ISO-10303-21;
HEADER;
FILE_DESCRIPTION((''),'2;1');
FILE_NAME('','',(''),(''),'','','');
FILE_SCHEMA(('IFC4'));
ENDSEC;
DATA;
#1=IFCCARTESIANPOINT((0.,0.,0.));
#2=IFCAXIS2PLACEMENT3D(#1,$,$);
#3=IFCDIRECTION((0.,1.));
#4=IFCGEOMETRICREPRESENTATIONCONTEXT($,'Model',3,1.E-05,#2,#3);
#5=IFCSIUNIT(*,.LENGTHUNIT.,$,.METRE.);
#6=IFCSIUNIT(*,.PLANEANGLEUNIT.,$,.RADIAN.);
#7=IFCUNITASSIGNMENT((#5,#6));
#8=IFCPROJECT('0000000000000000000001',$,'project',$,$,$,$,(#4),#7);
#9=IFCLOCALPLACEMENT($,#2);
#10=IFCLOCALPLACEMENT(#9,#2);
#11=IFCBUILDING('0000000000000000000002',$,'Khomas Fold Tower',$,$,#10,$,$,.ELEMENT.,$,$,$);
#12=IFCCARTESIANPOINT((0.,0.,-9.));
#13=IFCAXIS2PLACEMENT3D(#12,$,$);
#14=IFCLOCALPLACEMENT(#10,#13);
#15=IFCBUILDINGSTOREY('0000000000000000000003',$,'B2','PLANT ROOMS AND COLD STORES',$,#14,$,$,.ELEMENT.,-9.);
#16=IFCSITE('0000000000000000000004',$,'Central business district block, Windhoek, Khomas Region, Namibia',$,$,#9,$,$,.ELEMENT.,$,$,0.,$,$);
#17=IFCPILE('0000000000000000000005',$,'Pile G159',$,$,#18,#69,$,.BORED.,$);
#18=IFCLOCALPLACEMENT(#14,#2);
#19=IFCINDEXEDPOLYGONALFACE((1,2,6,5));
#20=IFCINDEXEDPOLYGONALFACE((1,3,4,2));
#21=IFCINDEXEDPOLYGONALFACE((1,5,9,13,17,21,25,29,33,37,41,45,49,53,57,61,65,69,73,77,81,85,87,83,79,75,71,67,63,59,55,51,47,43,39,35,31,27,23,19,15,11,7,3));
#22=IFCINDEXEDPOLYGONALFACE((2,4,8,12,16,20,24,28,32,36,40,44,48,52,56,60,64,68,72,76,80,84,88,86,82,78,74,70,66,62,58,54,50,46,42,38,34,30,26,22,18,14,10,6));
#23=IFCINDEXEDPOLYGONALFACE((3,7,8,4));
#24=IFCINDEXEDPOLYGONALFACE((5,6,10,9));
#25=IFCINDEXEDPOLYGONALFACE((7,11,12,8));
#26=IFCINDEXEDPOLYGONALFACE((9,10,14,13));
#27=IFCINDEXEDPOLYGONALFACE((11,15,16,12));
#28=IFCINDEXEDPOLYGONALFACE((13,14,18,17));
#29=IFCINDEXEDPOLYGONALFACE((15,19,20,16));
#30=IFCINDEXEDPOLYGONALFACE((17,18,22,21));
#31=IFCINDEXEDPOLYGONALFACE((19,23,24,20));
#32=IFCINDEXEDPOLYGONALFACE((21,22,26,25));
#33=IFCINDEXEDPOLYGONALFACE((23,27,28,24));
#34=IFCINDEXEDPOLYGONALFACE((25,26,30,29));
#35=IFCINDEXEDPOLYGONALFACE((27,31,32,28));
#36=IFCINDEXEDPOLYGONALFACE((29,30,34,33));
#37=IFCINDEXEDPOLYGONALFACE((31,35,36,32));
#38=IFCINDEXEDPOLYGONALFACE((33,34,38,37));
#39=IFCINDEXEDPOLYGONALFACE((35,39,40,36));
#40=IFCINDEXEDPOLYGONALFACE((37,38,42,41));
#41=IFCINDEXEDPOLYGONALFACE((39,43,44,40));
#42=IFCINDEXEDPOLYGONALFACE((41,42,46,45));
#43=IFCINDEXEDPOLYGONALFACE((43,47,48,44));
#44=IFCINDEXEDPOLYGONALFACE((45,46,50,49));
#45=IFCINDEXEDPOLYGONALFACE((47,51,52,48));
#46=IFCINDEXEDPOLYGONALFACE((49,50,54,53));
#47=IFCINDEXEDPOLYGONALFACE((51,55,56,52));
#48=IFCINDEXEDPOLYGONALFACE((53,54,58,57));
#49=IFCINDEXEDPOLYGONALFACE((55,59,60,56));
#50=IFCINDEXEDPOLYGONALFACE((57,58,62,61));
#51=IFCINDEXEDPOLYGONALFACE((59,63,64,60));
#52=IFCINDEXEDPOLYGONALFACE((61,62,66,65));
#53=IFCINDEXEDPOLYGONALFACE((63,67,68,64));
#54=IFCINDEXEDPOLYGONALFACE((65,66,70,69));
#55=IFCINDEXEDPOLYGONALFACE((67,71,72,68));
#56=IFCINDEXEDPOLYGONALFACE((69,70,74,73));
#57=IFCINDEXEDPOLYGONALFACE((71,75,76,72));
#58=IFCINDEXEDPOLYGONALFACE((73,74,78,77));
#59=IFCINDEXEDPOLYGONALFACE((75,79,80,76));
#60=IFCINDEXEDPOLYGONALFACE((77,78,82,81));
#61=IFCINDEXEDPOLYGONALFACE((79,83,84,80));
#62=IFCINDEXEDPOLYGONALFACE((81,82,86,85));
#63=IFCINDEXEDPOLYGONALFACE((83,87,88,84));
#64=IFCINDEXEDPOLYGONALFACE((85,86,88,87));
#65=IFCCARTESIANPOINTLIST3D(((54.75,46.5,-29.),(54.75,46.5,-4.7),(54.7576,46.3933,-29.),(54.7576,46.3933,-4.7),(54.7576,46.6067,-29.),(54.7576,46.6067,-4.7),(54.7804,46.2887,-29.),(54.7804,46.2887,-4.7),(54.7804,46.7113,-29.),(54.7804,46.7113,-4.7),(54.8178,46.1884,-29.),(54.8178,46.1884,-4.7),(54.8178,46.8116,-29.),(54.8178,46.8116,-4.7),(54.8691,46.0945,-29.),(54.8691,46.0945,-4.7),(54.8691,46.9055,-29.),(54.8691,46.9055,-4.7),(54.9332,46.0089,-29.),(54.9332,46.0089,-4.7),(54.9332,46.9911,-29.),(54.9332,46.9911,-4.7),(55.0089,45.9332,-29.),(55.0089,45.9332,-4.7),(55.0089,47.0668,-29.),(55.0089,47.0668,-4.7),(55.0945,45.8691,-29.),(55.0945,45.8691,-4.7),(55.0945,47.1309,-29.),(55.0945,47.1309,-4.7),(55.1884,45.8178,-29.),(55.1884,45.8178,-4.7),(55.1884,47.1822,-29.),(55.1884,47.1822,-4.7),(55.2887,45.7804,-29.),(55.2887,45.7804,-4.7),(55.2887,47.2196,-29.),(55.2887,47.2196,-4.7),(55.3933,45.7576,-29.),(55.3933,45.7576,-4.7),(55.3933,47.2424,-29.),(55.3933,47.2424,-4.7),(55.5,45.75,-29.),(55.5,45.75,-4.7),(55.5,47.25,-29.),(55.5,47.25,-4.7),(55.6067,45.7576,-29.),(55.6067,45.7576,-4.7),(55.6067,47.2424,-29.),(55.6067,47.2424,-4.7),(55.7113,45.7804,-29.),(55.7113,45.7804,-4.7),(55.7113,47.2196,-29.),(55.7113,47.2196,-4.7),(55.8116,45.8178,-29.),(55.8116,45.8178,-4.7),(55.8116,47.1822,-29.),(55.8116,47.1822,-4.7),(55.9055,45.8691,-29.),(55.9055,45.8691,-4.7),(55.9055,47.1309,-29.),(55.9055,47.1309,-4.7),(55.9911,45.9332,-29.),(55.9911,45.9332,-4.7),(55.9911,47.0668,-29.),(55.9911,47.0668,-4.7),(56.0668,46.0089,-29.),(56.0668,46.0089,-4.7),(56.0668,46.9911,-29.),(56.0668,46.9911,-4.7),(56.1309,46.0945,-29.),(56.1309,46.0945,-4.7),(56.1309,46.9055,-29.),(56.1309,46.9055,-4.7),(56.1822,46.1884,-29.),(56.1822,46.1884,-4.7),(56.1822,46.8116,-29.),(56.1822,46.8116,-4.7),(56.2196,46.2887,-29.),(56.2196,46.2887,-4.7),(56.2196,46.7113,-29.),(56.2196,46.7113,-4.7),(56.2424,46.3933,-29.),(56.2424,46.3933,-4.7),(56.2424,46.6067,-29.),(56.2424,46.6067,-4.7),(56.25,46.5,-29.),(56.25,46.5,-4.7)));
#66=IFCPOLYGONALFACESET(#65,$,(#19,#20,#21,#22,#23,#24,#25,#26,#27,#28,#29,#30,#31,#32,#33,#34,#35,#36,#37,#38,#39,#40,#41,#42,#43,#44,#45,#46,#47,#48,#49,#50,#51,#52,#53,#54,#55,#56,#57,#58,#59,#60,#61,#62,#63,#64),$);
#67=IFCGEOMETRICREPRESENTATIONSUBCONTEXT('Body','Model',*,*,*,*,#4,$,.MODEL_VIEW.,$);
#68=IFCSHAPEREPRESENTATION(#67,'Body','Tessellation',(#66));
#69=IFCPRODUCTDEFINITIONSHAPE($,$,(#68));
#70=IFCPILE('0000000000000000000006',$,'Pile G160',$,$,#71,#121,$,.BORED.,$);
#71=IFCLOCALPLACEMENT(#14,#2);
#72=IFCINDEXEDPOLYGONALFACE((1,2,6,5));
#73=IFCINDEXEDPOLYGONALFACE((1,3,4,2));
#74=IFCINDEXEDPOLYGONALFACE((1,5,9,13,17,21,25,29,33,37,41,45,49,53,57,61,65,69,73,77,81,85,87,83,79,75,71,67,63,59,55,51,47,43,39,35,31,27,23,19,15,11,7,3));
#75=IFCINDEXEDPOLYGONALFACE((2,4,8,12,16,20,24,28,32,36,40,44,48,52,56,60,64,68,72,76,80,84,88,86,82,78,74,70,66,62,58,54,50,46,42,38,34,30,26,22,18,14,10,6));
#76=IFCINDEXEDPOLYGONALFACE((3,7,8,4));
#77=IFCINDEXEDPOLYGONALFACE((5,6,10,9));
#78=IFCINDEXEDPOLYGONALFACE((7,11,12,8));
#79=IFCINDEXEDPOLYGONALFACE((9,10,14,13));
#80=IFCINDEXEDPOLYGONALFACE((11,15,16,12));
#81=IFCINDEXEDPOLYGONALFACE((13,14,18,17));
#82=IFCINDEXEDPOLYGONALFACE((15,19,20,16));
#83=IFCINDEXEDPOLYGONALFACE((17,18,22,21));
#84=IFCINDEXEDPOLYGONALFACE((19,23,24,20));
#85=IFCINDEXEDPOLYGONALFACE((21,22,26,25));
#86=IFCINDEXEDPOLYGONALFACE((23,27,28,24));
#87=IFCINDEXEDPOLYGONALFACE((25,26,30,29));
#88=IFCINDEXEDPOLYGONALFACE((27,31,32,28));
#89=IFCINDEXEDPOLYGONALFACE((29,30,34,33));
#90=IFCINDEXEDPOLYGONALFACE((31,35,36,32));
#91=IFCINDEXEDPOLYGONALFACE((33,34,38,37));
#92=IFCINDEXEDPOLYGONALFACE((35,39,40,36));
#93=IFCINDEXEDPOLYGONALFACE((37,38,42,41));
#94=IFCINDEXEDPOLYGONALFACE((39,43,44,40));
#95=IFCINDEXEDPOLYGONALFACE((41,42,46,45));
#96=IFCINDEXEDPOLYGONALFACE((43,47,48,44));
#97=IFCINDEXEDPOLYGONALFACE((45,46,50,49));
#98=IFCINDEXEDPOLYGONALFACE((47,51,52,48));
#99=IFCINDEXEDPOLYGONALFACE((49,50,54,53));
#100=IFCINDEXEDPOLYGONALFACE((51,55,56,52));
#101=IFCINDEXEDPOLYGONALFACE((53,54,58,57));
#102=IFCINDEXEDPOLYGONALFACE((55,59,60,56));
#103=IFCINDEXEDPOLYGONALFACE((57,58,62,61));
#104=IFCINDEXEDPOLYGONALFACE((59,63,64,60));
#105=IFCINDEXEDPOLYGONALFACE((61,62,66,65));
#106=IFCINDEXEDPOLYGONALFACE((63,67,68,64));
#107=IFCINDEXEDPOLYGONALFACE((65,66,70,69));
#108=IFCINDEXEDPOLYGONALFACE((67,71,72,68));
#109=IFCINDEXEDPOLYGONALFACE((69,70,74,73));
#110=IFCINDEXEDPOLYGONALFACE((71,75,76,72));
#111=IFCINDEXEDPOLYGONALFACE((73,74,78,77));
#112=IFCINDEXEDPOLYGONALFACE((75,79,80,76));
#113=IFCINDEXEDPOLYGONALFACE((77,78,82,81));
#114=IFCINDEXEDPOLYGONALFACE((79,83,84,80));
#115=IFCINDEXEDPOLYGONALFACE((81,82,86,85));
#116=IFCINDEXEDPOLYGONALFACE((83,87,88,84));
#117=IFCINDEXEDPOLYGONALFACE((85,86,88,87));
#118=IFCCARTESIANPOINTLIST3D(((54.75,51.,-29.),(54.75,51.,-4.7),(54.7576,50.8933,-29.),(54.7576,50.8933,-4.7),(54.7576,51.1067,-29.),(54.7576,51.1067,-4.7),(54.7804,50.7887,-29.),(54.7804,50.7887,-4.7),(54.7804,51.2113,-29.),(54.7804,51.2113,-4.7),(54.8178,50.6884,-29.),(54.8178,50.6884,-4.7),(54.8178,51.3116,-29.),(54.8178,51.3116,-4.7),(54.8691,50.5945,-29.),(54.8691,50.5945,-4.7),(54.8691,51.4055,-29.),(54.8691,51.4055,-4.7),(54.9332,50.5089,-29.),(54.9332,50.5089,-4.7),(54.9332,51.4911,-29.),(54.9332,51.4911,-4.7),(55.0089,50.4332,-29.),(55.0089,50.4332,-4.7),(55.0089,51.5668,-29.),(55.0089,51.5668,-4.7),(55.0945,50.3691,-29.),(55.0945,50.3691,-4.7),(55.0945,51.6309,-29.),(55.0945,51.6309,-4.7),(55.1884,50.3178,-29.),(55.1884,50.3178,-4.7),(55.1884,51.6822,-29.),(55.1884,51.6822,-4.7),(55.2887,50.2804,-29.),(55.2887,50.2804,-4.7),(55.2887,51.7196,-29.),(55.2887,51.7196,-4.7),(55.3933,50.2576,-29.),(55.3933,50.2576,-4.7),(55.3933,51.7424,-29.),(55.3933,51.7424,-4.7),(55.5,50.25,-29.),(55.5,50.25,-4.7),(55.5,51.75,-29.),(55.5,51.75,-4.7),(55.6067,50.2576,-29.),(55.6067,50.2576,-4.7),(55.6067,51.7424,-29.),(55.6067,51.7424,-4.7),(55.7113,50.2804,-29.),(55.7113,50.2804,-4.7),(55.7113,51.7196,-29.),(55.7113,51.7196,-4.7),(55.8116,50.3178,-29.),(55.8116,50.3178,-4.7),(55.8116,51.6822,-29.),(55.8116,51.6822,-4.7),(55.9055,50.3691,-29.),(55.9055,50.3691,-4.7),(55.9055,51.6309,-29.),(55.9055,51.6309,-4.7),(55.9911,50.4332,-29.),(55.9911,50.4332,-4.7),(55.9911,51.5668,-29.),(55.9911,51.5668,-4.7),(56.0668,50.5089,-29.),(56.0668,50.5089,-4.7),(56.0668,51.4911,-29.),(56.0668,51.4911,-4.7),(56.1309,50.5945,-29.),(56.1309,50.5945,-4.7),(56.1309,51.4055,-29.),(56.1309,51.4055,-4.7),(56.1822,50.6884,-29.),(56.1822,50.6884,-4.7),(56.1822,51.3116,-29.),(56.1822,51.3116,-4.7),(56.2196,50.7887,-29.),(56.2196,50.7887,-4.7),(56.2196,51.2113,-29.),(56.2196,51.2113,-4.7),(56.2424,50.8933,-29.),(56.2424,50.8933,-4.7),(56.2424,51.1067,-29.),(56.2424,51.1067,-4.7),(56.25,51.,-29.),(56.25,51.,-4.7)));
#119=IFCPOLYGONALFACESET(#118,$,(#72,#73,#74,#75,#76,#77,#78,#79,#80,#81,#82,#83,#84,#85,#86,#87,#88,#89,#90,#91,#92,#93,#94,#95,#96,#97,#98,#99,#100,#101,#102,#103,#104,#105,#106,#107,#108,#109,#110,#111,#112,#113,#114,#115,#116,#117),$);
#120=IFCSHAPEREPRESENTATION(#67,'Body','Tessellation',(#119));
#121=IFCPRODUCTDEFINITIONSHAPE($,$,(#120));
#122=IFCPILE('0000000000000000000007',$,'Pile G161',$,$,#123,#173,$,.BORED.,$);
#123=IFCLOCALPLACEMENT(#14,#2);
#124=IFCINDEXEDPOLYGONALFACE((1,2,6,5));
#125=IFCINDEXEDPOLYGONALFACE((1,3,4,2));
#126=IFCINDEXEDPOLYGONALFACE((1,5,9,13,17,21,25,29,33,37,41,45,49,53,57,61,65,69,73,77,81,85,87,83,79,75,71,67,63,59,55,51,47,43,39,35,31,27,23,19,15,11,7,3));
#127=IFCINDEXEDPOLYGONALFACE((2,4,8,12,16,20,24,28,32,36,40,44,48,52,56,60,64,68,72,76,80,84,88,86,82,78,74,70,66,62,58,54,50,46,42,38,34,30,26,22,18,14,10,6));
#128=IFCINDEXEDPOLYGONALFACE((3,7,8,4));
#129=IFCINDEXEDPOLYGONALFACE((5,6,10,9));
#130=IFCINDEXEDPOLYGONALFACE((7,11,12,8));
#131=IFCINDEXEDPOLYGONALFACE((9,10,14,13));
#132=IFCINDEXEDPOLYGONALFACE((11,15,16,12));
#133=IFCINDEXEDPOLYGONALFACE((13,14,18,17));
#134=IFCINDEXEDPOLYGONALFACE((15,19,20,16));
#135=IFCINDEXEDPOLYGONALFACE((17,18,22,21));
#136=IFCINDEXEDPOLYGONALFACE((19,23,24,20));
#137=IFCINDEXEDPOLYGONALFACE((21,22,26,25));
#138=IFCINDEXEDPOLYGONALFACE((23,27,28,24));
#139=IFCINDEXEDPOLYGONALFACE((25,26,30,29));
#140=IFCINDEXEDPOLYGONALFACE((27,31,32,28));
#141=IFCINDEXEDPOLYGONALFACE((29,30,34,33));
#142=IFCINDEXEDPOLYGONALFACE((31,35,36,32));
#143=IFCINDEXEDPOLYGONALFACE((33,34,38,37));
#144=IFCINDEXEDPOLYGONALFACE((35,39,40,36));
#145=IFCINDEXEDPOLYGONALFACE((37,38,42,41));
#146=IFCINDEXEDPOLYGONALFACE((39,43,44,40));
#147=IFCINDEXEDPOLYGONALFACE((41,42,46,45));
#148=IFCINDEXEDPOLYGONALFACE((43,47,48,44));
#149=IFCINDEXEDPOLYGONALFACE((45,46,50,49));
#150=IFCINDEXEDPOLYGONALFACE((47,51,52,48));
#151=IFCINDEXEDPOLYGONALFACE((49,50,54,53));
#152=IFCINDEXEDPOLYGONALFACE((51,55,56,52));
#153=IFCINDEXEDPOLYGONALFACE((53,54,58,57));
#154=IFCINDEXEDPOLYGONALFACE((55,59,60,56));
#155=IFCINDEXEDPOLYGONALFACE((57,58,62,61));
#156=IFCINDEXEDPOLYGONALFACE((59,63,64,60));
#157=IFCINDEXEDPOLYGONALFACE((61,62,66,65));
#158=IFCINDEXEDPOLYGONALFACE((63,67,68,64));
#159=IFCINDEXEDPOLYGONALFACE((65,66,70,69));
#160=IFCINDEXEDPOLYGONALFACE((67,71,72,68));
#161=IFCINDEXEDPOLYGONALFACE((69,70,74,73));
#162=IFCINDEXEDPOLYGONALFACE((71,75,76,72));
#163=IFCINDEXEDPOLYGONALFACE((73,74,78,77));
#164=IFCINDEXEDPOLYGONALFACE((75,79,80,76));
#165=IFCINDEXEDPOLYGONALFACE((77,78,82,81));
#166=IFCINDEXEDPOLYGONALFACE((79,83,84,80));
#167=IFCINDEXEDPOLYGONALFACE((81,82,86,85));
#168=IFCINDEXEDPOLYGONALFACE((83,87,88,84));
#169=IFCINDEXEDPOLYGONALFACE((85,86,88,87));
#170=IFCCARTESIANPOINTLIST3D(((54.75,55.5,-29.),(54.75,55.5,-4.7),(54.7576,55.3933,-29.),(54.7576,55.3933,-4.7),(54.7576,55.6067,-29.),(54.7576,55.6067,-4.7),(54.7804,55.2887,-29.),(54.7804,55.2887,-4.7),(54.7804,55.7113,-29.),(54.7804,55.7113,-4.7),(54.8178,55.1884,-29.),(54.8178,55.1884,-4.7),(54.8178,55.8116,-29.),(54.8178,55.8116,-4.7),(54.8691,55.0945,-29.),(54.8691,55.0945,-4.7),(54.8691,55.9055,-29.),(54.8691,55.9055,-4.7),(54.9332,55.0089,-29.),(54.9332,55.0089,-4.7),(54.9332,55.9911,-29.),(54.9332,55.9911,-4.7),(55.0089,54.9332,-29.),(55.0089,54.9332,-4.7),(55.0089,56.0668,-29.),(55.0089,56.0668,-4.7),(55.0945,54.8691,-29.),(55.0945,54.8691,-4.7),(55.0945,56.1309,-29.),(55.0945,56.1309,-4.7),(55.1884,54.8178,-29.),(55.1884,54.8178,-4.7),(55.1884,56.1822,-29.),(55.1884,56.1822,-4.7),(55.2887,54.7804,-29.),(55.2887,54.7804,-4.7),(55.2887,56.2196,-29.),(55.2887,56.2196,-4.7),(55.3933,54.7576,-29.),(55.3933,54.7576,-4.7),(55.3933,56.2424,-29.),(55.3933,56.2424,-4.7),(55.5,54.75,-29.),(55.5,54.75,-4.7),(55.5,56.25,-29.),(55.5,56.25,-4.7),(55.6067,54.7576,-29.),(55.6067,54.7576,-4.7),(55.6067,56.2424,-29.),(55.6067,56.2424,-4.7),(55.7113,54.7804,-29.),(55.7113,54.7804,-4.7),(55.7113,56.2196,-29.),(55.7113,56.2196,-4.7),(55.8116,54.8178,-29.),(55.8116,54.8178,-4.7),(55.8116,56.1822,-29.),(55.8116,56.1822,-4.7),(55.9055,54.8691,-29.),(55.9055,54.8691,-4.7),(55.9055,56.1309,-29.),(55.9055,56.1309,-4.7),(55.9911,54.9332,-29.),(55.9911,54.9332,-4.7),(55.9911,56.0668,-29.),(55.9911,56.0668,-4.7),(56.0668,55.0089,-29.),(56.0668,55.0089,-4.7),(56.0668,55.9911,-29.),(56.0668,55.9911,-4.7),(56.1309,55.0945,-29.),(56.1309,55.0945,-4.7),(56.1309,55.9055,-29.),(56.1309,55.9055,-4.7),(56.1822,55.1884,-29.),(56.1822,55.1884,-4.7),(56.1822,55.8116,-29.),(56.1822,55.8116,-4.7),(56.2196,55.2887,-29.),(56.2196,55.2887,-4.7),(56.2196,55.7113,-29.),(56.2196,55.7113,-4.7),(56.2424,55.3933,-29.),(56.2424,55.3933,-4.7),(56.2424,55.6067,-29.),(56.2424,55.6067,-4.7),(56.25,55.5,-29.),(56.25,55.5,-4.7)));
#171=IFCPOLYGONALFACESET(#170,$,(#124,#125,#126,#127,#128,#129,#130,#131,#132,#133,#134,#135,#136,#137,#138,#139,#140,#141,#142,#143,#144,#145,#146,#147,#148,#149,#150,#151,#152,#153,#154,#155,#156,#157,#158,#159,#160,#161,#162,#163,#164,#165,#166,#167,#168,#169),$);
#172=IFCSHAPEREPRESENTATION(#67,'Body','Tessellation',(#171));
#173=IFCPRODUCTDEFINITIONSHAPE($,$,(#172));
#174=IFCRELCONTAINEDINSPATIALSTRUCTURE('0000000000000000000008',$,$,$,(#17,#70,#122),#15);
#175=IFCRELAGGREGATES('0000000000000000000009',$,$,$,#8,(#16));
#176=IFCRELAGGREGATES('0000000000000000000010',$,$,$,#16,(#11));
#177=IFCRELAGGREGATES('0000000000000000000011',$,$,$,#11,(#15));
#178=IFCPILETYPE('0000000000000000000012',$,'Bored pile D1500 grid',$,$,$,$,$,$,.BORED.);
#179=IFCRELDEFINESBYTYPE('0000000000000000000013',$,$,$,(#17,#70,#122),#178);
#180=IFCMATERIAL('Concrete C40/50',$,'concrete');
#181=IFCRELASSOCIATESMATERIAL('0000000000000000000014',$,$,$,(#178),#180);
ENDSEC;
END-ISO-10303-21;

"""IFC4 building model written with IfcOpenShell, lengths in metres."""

from ifc_helpers import new_model, si_unit, direction, frame, origin, origin_2d, place, context, subcontext, project, spatial, circle, extrude, source, transform, mapped, material, material_profile, profile_set, type_object, element, save


model = new_model("IFC4")

# Units and contexts
model_context = context("Model", 3, precision=1e-05, world=origin(), true_north=direction((0.0, 1.0)))
body_context = subcontext(model_context, "Body", "Model", "MODEL_VIEW")
ifc_project = project(units=[si_unit("LENGTHUNIT", "METRE"), si_unit("PLANEANGLEUNIT", "RADIAN")], contexts=[model_context])

# Site, building, storey
site_placement = place(None, origin())
site = spatial("IfcSite", under=ifc_project, at=site_placement, Name="Central business district block, Windhoek, Khomas Region, Namibia", CompositionType="ELEMENT", RefElevation=0.0)
building_placement = place(site_placement, origin())
building = spatial("IfcBuilding", under=site, at=building_placement, Name="Khomas Fold Tower", CompositionType="ELEMENT")
storey_placement = place(building_placement, frame((0.0, 0.0, -9.0)))
storey = spatial("IfcBuildingStorey", under=building, at=storey_placement, Name="B2", Description="PLANT ROOMS AND COLD STORES", CompositionType="ELEMENT", Elevation=-9.0)

# Piles
ifc_material_1 = material(Name="Concrete C40/50", Category="concrete")
ifc_material_profile_1 = material_profile(ifc_material_1, circle(Radius=0.75, at=origin_2d()), Name="PILE D1500")
ifc_profile_set_1 = profile_set([ifc_material_profile_1], Name="Concrete C40/50")
pile_type_1 = type_object("IfcPileType", Name="Bored pile D1500 grid", PredefinedType="BORED", material=ifc_profile_set_1)
shared_shape_1 = source(origin(), body_context, "Body", "SweptSolid", [
    extrude(circle(Radius=0.75, at=origin_2d()), origin(), (0.0, 0.0, 1.0), 24.3),
])
for number, where, z_axis, x_axis, name in (
    (1, (55.5, 46.5, -4.7), (0.0, 0.0, -1.0), (1.0, 0.0, 0.0), "Pile G159"),
    (2, (55.5, 51.0, -4.7), (0.0, 0.0, -1.0), (1.0, 0.0, 0.0), "Pile G160"),
    (3, (55.5, 55.5, -4.7), (0.0, 0.0, -1.0), (1.0, 0.0, 0.0), "Pile G161"),
):
    element("IfcPile", number, at=place(storey_placement, frame(where, z_axis=z_axis, x_axis=x_axis)), inside=storey, type_object=pile_type_1, Name=name, PredefinedType="BORED", context=body_context, shape_type="MappedRepresentation", body=[
        mapped(shared_shape_1, transform((0.0, 0.0, 0.0))),
    ])

save(model, "model.ifc")
